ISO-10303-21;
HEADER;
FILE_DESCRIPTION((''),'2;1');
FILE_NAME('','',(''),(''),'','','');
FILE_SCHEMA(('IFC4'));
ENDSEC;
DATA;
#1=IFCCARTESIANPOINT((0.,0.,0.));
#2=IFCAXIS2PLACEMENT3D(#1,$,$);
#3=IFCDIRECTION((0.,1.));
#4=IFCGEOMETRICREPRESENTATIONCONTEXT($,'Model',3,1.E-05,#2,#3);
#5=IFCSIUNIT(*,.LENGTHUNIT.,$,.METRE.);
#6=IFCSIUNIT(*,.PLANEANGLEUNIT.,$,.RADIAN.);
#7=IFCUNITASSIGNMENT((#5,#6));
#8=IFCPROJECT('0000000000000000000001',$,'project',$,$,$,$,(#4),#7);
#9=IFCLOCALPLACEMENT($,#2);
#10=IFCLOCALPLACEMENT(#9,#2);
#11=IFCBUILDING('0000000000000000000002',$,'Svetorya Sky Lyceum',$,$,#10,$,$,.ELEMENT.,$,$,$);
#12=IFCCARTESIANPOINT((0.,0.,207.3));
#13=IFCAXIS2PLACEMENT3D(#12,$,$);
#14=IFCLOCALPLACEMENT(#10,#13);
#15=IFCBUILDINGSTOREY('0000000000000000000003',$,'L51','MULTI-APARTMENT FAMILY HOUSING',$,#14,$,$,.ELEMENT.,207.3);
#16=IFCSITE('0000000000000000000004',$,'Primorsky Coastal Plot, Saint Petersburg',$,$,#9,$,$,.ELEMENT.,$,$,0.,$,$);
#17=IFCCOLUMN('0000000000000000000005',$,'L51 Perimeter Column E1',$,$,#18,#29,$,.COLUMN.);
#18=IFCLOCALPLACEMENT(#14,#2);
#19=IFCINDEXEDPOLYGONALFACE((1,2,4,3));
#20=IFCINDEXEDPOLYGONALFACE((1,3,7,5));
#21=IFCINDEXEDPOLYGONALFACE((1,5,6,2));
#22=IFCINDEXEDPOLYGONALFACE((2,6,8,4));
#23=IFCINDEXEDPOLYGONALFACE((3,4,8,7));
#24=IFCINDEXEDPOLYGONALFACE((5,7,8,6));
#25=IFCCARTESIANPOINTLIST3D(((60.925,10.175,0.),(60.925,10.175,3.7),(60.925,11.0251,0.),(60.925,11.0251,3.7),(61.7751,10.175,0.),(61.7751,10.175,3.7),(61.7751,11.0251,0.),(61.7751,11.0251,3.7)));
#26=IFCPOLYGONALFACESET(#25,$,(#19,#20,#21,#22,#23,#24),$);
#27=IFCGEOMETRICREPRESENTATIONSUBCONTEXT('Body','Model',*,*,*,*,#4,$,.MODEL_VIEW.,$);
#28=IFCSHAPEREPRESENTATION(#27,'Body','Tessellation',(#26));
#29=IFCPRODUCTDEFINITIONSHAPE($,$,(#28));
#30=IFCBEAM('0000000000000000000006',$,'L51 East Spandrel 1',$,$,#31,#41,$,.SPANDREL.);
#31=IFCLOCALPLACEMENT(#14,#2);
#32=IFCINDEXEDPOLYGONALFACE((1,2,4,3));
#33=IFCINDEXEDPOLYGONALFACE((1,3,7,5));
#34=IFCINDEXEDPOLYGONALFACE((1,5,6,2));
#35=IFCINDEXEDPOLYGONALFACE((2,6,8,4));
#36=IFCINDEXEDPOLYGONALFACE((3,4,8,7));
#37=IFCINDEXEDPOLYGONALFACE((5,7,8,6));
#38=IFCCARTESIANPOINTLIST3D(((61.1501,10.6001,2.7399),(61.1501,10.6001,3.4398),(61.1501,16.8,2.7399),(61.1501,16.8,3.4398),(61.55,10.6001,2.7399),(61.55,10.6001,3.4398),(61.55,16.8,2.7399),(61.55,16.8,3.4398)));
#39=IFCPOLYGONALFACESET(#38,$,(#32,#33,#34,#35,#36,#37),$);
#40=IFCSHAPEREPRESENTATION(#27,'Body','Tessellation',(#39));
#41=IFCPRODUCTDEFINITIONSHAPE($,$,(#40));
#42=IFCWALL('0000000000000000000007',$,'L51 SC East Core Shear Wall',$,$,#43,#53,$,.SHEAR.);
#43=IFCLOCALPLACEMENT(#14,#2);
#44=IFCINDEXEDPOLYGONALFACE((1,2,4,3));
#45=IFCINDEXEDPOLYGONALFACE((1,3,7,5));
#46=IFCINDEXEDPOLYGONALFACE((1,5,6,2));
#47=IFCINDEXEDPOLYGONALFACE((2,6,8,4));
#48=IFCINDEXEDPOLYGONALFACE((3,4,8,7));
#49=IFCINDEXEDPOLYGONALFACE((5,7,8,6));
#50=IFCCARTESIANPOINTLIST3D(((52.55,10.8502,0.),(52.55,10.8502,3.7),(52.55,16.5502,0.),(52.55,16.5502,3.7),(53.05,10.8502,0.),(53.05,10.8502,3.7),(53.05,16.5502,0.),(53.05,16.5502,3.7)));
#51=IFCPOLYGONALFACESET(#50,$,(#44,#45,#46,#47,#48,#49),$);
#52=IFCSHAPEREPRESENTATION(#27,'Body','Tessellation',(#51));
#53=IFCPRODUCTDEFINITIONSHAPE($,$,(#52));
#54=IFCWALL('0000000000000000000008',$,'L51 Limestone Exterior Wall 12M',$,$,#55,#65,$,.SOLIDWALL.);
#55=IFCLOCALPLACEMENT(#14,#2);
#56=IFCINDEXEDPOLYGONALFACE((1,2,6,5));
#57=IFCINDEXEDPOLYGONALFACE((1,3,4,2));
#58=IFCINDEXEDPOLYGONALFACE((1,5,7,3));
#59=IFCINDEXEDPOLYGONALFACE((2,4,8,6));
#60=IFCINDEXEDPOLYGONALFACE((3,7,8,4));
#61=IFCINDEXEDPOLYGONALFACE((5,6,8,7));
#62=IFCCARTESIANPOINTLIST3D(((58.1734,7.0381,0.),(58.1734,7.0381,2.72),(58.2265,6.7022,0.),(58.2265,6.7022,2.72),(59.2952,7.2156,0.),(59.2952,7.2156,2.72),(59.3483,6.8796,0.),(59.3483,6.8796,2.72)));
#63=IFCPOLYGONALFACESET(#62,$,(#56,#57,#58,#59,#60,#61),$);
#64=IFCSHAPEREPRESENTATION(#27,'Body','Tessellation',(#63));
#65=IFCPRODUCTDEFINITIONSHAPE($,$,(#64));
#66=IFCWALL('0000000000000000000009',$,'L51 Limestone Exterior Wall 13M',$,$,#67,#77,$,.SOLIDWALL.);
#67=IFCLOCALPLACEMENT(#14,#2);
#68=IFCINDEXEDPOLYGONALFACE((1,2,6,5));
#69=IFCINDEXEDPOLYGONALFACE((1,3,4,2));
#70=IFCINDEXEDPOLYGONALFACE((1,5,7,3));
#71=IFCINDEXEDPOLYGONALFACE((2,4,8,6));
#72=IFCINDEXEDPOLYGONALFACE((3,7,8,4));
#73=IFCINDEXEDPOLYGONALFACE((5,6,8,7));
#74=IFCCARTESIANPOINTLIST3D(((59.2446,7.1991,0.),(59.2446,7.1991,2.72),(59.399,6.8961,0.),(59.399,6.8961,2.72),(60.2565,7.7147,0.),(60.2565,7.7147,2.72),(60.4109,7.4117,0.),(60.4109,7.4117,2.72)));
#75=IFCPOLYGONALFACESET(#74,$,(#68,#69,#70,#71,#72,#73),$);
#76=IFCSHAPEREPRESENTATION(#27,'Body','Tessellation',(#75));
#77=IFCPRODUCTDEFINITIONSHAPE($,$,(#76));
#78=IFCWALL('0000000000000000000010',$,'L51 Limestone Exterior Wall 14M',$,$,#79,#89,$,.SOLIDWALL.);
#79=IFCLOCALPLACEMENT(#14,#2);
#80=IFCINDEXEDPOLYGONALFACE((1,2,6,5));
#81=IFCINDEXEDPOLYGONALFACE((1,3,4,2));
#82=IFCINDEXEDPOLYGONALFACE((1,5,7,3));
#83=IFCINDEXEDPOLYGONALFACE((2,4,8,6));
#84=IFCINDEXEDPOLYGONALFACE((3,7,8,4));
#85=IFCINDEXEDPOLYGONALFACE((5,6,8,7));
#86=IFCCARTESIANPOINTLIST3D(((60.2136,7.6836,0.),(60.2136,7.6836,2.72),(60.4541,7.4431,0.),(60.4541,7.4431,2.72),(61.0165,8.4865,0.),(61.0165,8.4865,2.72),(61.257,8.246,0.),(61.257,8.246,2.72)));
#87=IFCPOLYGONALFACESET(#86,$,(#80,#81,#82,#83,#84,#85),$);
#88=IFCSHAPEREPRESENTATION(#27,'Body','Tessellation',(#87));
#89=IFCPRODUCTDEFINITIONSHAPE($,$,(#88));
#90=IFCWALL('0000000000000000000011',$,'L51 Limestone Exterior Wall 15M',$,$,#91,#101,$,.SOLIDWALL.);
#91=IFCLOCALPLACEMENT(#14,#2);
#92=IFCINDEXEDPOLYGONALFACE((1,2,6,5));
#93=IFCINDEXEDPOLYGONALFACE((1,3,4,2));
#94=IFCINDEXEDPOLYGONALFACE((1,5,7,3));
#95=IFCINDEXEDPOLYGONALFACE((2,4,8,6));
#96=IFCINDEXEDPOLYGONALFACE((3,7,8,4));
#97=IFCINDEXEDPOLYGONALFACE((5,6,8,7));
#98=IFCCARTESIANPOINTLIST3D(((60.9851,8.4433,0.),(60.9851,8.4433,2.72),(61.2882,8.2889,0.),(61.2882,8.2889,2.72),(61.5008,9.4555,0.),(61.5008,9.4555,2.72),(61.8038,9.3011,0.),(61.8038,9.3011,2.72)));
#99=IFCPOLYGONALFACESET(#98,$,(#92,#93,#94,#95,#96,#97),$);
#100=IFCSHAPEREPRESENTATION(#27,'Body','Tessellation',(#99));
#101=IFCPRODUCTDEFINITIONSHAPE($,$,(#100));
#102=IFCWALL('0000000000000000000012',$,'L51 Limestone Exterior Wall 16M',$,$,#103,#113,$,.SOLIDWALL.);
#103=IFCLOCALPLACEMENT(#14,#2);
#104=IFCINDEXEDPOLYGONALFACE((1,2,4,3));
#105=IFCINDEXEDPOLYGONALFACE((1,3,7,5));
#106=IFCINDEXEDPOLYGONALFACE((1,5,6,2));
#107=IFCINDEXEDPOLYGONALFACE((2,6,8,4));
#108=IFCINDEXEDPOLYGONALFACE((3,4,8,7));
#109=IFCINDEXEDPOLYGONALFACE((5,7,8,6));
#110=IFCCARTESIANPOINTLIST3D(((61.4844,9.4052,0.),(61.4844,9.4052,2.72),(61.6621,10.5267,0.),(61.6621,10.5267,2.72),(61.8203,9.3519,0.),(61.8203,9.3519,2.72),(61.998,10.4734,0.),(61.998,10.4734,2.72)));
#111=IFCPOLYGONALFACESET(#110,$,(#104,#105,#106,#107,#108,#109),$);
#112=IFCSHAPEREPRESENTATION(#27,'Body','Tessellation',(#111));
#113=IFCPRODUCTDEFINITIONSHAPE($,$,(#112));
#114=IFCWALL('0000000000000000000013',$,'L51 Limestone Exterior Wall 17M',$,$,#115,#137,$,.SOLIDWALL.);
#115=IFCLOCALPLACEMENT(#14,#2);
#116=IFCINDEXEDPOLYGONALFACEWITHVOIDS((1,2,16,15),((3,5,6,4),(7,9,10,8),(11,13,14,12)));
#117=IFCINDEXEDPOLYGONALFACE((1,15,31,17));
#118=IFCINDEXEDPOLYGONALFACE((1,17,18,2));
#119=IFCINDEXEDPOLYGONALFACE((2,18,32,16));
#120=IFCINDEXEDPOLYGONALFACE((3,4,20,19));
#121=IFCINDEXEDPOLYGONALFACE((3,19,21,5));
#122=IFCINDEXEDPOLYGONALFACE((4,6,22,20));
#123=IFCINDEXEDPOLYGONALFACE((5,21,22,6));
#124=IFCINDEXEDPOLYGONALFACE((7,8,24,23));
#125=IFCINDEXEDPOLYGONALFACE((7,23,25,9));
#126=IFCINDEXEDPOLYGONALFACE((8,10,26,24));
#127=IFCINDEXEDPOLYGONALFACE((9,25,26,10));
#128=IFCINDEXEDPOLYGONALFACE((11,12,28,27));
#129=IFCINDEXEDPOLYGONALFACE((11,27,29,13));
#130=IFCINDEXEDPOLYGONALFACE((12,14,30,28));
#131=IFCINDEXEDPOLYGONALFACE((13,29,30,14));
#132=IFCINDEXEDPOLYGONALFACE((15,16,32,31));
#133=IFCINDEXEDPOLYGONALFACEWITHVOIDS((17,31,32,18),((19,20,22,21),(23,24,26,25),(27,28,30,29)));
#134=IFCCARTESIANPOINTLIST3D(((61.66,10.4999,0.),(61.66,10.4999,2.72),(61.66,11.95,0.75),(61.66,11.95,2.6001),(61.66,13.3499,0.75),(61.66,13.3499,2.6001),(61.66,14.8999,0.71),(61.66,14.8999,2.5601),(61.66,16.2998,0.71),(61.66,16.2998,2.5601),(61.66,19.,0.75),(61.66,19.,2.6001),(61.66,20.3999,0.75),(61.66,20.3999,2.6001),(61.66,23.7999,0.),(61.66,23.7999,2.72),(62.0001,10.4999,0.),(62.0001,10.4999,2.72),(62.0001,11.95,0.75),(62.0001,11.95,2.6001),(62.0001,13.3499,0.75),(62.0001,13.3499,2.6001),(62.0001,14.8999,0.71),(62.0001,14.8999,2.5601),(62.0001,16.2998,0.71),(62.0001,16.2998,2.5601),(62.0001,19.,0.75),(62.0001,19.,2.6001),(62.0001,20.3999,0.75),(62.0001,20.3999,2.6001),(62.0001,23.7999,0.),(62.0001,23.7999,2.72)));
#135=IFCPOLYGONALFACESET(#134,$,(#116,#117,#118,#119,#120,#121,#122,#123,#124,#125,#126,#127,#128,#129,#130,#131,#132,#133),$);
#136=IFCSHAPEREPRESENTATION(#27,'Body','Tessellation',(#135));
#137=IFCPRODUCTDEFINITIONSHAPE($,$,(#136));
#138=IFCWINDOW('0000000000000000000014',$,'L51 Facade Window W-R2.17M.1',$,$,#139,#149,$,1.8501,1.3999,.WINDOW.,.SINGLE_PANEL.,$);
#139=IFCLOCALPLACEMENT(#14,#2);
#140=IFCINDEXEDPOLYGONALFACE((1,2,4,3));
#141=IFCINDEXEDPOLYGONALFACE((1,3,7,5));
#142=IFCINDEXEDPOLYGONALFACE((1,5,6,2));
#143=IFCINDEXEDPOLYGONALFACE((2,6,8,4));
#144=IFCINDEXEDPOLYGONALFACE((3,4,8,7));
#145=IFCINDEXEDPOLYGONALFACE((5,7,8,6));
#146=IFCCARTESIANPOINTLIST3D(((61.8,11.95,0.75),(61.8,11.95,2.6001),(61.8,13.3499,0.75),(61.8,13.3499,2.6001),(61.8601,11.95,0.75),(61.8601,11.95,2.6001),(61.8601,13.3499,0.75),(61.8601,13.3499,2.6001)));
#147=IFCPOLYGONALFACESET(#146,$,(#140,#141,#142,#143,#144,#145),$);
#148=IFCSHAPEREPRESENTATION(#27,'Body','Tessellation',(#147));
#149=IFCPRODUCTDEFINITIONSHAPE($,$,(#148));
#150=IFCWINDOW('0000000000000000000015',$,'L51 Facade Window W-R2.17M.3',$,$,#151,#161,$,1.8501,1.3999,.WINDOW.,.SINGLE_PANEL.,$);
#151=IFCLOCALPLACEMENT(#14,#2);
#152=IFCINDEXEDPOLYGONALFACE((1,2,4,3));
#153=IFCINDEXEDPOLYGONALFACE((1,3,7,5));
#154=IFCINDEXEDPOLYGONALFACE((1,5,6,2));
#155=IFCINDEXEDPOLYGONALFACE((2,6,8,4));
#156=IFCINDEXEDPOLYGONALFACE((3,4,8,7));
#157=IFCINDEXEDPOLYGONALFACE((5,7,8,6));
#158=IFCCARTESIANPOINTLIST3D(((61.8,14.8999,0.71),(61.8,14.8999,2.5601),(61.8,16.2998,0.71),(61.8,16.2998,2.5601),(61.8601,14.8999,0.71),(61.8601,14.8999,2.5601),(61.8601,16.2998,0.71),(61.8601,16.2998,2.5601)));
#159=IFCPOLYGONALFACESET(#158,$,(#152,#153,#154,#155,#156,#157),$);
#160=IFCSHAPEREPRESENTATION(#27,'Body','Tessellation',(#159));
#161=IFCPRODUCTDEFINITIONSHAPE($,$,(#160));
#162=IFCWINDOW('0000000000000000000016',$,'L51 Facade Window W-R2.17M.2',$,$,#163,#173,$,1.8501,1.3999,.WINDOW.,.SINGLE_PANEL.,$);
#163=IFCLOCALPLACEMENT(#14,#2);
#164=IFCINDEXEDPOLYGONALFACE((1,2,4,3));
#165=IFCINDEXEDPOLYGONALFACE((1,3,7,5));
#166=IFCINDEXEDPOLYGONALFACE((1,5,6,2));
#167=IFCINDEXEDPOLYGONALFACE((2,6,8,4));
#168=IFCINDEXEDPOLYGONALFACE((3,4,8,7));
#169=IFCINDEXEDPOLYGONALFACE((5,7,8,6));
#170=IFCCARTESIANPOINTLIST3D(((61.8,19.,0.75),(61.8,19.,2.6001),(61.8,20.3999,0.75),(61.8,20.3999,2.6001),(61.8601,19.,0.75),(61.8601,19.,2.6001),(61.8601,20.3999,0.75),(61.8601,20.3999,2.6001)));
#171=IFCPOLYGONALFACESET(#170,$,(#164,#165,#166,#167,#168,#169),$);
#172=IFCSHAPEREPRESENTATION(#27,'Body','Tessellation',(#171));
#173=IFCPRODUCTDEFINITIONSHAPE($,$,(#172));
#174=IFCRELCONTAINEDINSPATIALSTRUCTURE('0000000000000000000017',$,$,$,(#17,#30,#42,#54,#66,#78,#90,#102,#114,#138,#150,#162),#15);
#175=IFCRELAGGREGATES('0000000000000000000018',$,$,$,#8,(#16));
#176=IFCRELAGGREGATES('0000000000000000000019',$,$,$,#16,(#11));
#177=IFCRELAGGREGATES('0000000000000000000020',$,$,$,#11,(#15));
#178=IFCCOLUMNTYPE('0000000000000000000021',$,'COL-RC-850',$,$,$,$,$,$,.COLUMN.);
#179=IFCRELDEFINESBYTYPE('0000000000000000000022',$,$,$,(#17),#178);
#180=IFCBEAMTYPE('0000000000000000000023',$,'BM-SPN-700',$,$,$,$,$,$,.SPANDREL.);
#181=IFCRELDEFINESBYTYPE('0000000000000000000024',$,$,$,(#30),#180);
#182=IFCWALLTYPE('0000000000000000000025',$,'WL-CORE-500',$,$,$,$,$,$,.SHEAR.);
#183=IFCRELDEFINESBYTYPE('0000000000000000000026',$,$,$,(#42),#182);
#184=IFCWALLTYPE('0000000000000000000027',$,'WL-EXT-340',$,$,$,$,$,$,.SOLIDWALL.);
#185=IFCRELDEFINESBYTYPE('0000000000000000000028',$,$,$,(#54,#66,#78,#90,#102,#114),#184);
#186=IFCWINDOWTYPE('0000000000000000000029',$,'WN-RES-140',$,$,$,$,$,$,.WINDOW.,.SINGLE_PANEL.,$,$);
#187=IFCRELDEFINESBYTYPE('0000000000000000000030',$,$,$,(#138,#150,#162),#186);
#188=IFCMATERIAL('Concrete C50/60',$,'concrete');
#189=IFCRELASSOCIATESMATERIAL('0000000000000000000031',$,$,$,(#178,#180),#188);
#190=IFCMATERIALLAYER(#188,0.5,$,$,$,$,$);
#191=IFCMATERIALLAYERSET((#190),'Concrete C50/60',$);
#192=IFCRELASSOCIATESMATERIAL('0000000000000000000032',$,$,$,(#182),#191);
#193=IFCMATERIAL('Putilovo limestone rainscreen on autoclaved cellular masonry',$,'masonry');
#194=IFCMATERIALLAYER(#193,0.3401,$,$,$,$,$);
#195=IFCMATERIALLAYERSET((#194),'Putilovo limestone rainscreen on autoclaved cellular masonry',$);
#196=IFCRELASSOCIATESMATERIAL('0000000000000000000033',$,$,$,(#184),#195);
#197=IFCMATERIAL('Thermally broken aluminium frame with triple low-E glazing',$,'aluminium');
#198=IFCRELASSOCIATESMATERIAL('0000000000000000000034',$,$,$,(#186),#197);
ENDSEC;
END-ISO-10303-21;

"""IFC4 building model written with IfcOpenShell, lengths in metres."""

from ifc_helpers import new_model, si_unit, direction, frame, frame_2d, origin, origin_2d, place, context, subcontext, project, spatial, rectangle, extrude, material, layer, layer_set, material_profile, profile_set, type_object, element, fill, save


model = new_model("IFC4")

# Units and contexts
model_context = context("Model", 3, precision=1e-05, world=origin(), true_north=direction((0.0, 1.0)))
body_context = subcontext(model_context, "Body", "Model", "MODEL_VIEW")
ifc_project = project(units=[si_unit("LENGTHUNIT", "METRE"), si_unit("PLANEANGLEUNIT", "RADIAN")], contexts=[model_context])

# Site, building, storey
site_placement = place(None, origin())
site = spatial("IfcSite", under=ifc_project, at=site_placement, Name="Primorsky Coastal Plot, Saint Petersburg", CompositionType="ELEMENT", RefElevation=0.0)
building_placement = place(site_placement, origin())
building = spatial("IfcBuilding", under=site, at=building_placement, Name="Svetorya Sky Lyceum", CompositionType="ELEMENT")
storey_placement = place(building_placement, frame((0.0, 0.0, 207.3)))
storey = spatial("IfcBuildingStorey", under=building, at=storey_placement, Name="L51", Description="MULTI-APARTMENT FAMILY HOUSING", CompositionType="ELEMENT", Elevation=207.3)

# Column
ifc_material_1 = material(Name="Concrete C50/60", Category="concrete")
ifc_material_profile_1 = material_profile(ifc_material_1, rectangle(XDim=0.8501, YDim=0.8501, at=origin_2d()), Name="RC COL 850x850")
ifc_profile_set_1 = profile_set([ifc_material_profile_1], Name="Concrete C50/60")
column_type = type_object("IfcColumnType", Name="COL-RC-850", PredefinedType="COLUMN", material=ifc_profile_set_1)
column_placement = place(storey_placement, frame((61.3501, 10.6001, 0.0), z_axis=(0.0, 0.0, 1.0), x_axis=(1.0, 0.0, 0.0)))
element("IfcColumn", 1, at=column_placement, inside=storey, type_object=column_type, Name="L51 Perimeter Column E1", PredefinedType="COLUMN", context=body_context, shape_type="SweptSolid", body=[
    extrude(rectangle(XDim=0.8501, YDim=0.8501, at=origin_2d()), origin(), (0.0, 0.0, 1.0), 3.7),
])

# Beam
ifc_material_profile_2 = material_profile(ifc_material_1, rectangle(XDim=0.3999, YDim=0.7, at=origin_2d()), Name="RC SPANDREL 400x700")
ifc_profile_set_2 = profile_set([ifc_material_profile_2], Name="Concrete C50/60")
beam_type = type_object("IfcBeamType", Name="BM-SPN-700", PredefinedType="SPANDREL", material=ifc_profile_set_2)
beam_placement = place(storey_placement, frame((61.3501, 10.6001, 3.0898), z_axis=(0.0, 1.0, 0.0), x_axis=(-1.0, 0.0, 0.0)))
element("IfcBeam", 2, at=beam_placement, inside=storey, type_object=beam_type, Name="L51 East Spandrel 1", PredefinedType="SPANDREL", context=body_context, shape_type="SweptSolid", body=[
    extrude(rectangle(XDim=0.3999, YDim=0.7, at=origin_2d()), origin(), (0.0, 0.0, 1.0), 6.2),
])

# Walls
ifc_layer_1 = layer(ifc_material_1, 0.5)
ifc_layer_set_1 = layer_set([ifc_layer_1], Name="Concrete C50/60")
wall_type_1 = type_object("IfcWallType", Name="WL-CORE-500", PredefinedType="SHEAR", material=ifc_layer_set_1)
wall_1_placement = place(storey_placement, frame((52.8, 10.8501, 0.0), z_axis=(0.0, 0.0, 1.0), x_axis=(0.0, 1.0, 0.0)))
element("IfcWall", 3, at=wall_1_placement, inside=storey, type_object=wall_type_1, Name="L51 SC East Core Shear Wall", PredefinedType="SHEAR", context=body_context, shape_type="SweptSolid", body=[
    extrude(rectangle(XDim=5.7, YDim=0.5, at=frame_2d((2.8501, 0.0))), origin(), (0.0, 0.0, 1.0), 3.7),
])
ifc_material_2 = material(Name="Putilovo limestone rainscreen on autoclaved cellular masonry", Category="masonry")
ifc_layer_2 = layer(ifc_material_2, 0.3401)
ifc_layer_set_2 = layer_set([ifc_layer_2], Name="Putilovo limestone rainscreen on autoclaved cellular masonry")
wall_type_2 = type_object("IfcWallType", Name="WL-EXT-340", PredefinedType="SOLIDWALL", material=ifc_layer_set_2)
for number, where, z_axis, x_axis, name in (
    (4, (58.2, 6.8701, 0.0), (0.0, 0.0, 1.0), (0.987714, 0.156272, 0.0), "L51 Limestone Exterior Wall 12M"),
    (5, (59.3218, 7.0476, 0.0), (0.0, 0.0, 1.0), (0.891005, 0.453993, 0.0), "L51 Limestone Exterior Wall 13M"),
):
    element("IfcWall", number, at=place(storey_placement, frame(where, z_axis=z_axis, x_axis=x_axis)), inside=storey, type_object=wall_type_2, Name=name, PredefinedType="SOLIDWALL", context=body_context, shape_type="SweptSolid", body=[
        extrude(rectangle(XDim=1.1357, YDim=0.3401, at=frame_2d((0.5679, 0.0))), origin(), (0.0, 0.0, 1.0), 2.72),
    ])
wall_2_placement = place(storey_placement, frame((60.3337, 7.5632, 0.0), z_axis=(0.0, 0.0, 1.0), x_axis=(0.707107, 0.707107, 0.0)))
element("IfcWall", 6, at=wall_2_placement, inside=storey, type_object=wall_type_2, Name="L51 Limestone Exterior Wall 14M", PredefinedType="SOLIDWALL", context=body_context, shape_type="SweptSolid", body=[
    extrude(rectangle(XDim=1.1355, YDim=0.3401, at=frame_2d((0.5679, 0.0))), origin(), (0.0, 0.0, 1.0), 2.72),
])
wall_3_placement = place(storey_placement, frame((61.1367, 8.3662, 0.0), z_axis=(0.0, 0.0, 1.0), x_axis=(0.453906, 0.891049, 0.0)))
element("IfcWall", 7, at=wall_3_placement, inside=storey, type_object=wall_type_2, Name="L51 Limestone Exterior Wall 15M", PredefinedType="SOLIDWALL", context=body_context, shape_type="SweptSolid", body=[
    extrude(rectangle(XDim=1.136, YDim=0.3401, at=frame_2d((0.5679, 0.0))), origin(), (0.0, 0.0, 1.0), 2.72),
])
wall_4_placement = place(storey_placement, frame((61.6523, 9.3784, 0.0), z_axis=(0.0, 0.0, 1.0), x_axis=(0.156515, 0.987676, 0.0)))
element("IfcWall", 8, at=wall_4_placement, inside=storey, type_object=wall_type_2, Name="L51 Limestone Exterior Wall 16M", PredefinedType="SOLIDWALL", context=body_context, shape_type="SweptSolid", body=[
    extrude(rectangle(XDim=1.1355, YDim=0.3401, at=frame_2d((0.5679, 0.0))), origin(), (0.0, 0.0, 1.0), 2.72),
])

# Wall, openings, windows
wall_5_placement = place(storey_placement, frame((61.8301, 10.5, 0.0), z_axis=(0.0, 0.0, 1.0), x_axis=(0.0, 1.0, 0.0)))
wall_5 = element("IfcWall", 9, at=wall_5_placement, inside=storey, type_object=wall_type_2, Name="L51 Limestone Exterior Wall 17M", PredefinedType="SOLIDWALL", context=body_context, shape_type="SweptSolid", body=[
    extrude(rectangle(XDim=13.3, YDim=0.3401, at=frame_2d((6.6499, 0.0))), origin(), (0.0, 0.0, 1.0), 2.72),
])
opening_1_placement = place(wall_5_placement, frame((1.45, 0.0, 0.75)))
opening_1 = element("IfcOpeningElement", 10, at=opening_1_placement, cuts=wall_5, PredefinedType="OPENING", context=body_context, shape_type="SweptSolid", body=[
    extrude(rectangle(XDim=1.3999, YDim=1.8501, at=frame_2d((0.7, 0.925))), frame((0.0, 0.1799, 0.0), z_axis=(0.0, -1.0, 0.0), x_axis=(1.0, 0.0, 0.0)), (0.0, 0.0, 1.0), 0.3601),
])
opening_2_placement = place(wall_5_placement, frame((4.3999, 0.0, 0.71)))
opening_2 = element("IfcOpeningElement", 11, at=opening_2_placement, cuts=wall_5, PredefinedType="OPENING", context=body_context, shape_type="SweptSolid", body=[
    extrude(rectangle(XDim=1.3999, YDim=1.8501, at=frame_2d((0.7, 0.925))), frame((0.0, 0.1799, 0.0), z_axis=(0.0, -1.0, 0.0), x_axis=(1.0, 0.0, 0.0)), (0.0, 0.0, 1.0), 0.3601),
])
opening_3_placement = place(wall_5_placement, frame((8.5, 0.0, 0.75)))
opening_3 = element("IfcOpeningElement", 12, at=opening_3_placement, cuts=wall_5, PredefinedType="OPENING", context=body_context, shape_type="SweptSolid", body=[
    extrude(rectangle(XDim=1.3999, YDim=1.8501, at=frame_2d((0.7, 0.925))), frame((0.0, 0.1799, 0.0), z_axis=(0.0, -1.0, 0.0), x_axis=(1.0, 0.0, 0.0)), (0.0, 0.0, 1.0), 0.3601),
])
ifc_material_3 = material(Name="Thermally broken aluminium frame with triple low-E glazing", Category="aluminium")
window_type = type_object("IfcWindowType", Name="WN-RES-140", PartitioningType="SINGLE_PANEL", PredefinedType="WINDOW", material=ifc_material_3)
window_1_placement = place(opening_1_placement, origin())
window_1 = element("IfcWindow", 13, at=window_1_placement, inside=storey, type_object=window_type, Name="L51 Facade Window W-R2.17M.1", OverallHeight=1.8501, OverallWidth=1.3999, PartitioningType="SINGLE_PANEL", PredefinedType="WINDOW", context=body_context, shape_type="SweptSolid", body=[
    extrude(rectangle(XDim=1.3999, YDim=1.8501, at=frame_2d((0.7, 0.925))), frame((0.0, 0.03, 0.0), z_axis=(0.0, -1.0, 0.0), x_axis=(1.0, 0.0, 0.0)), (0.0, 0.0, 1.0), 0.0601),
])
fill(opening_1, window_1)
window_2_placement = place(opening_2_placement, origin())
window_2 = element("IfcWindow", 14, at=window_2_placement, inside=storey, type_object=window_type, Name="L51 Facade Window W-R2.17M.3", OverallHeight=1.8501, OverallWidth=1.3999, PartitioningType="SINGLE_PANEL", PredefinedType="WINDOW", context=body_context, shape_type="SweptSolid", body=[
    extrude(rectangle(XDim=1.3999, YDim=1.8501, at=frame_2d((0.7, 0.925))), frame((0.0, 0.03, 0.0), z_axis=(0.0, -1.0, 0.0), x_axis=(1.0, 0.0, 0.0)), (0.0, 0.0, 1.0), 0.0601),
])
fill(opening_2, window_2)
window_3_placement = place(opening_3_placement, origin())
window_3 = element("IfcWindow", 15, at=window_3_placement, inside=storey, type_object=window_type, Name="L51 Facade Window W-R2.17M.2", OverallHeight=1.8501, OverallWidth=1.3999, PartitioningType="SINGLE_PANEL", PredefinedType="WINDOW", context=body_context, shape_type="SweptSolid", body=[
    extrude(rectangle(XDim=1.3999, YDim=1.8501, at=frame_2d((0.7, 0.925))), frame((0.0, 0.03, 0.0), z_axis=(0.0, -1.0, 0.0), x_axis=(1.0, 0.0, 0.0)), (0.0, 0.0, 1.0), 0.0601),
])
fill(opening_3, window_3)

save(model, "model.ifc")
